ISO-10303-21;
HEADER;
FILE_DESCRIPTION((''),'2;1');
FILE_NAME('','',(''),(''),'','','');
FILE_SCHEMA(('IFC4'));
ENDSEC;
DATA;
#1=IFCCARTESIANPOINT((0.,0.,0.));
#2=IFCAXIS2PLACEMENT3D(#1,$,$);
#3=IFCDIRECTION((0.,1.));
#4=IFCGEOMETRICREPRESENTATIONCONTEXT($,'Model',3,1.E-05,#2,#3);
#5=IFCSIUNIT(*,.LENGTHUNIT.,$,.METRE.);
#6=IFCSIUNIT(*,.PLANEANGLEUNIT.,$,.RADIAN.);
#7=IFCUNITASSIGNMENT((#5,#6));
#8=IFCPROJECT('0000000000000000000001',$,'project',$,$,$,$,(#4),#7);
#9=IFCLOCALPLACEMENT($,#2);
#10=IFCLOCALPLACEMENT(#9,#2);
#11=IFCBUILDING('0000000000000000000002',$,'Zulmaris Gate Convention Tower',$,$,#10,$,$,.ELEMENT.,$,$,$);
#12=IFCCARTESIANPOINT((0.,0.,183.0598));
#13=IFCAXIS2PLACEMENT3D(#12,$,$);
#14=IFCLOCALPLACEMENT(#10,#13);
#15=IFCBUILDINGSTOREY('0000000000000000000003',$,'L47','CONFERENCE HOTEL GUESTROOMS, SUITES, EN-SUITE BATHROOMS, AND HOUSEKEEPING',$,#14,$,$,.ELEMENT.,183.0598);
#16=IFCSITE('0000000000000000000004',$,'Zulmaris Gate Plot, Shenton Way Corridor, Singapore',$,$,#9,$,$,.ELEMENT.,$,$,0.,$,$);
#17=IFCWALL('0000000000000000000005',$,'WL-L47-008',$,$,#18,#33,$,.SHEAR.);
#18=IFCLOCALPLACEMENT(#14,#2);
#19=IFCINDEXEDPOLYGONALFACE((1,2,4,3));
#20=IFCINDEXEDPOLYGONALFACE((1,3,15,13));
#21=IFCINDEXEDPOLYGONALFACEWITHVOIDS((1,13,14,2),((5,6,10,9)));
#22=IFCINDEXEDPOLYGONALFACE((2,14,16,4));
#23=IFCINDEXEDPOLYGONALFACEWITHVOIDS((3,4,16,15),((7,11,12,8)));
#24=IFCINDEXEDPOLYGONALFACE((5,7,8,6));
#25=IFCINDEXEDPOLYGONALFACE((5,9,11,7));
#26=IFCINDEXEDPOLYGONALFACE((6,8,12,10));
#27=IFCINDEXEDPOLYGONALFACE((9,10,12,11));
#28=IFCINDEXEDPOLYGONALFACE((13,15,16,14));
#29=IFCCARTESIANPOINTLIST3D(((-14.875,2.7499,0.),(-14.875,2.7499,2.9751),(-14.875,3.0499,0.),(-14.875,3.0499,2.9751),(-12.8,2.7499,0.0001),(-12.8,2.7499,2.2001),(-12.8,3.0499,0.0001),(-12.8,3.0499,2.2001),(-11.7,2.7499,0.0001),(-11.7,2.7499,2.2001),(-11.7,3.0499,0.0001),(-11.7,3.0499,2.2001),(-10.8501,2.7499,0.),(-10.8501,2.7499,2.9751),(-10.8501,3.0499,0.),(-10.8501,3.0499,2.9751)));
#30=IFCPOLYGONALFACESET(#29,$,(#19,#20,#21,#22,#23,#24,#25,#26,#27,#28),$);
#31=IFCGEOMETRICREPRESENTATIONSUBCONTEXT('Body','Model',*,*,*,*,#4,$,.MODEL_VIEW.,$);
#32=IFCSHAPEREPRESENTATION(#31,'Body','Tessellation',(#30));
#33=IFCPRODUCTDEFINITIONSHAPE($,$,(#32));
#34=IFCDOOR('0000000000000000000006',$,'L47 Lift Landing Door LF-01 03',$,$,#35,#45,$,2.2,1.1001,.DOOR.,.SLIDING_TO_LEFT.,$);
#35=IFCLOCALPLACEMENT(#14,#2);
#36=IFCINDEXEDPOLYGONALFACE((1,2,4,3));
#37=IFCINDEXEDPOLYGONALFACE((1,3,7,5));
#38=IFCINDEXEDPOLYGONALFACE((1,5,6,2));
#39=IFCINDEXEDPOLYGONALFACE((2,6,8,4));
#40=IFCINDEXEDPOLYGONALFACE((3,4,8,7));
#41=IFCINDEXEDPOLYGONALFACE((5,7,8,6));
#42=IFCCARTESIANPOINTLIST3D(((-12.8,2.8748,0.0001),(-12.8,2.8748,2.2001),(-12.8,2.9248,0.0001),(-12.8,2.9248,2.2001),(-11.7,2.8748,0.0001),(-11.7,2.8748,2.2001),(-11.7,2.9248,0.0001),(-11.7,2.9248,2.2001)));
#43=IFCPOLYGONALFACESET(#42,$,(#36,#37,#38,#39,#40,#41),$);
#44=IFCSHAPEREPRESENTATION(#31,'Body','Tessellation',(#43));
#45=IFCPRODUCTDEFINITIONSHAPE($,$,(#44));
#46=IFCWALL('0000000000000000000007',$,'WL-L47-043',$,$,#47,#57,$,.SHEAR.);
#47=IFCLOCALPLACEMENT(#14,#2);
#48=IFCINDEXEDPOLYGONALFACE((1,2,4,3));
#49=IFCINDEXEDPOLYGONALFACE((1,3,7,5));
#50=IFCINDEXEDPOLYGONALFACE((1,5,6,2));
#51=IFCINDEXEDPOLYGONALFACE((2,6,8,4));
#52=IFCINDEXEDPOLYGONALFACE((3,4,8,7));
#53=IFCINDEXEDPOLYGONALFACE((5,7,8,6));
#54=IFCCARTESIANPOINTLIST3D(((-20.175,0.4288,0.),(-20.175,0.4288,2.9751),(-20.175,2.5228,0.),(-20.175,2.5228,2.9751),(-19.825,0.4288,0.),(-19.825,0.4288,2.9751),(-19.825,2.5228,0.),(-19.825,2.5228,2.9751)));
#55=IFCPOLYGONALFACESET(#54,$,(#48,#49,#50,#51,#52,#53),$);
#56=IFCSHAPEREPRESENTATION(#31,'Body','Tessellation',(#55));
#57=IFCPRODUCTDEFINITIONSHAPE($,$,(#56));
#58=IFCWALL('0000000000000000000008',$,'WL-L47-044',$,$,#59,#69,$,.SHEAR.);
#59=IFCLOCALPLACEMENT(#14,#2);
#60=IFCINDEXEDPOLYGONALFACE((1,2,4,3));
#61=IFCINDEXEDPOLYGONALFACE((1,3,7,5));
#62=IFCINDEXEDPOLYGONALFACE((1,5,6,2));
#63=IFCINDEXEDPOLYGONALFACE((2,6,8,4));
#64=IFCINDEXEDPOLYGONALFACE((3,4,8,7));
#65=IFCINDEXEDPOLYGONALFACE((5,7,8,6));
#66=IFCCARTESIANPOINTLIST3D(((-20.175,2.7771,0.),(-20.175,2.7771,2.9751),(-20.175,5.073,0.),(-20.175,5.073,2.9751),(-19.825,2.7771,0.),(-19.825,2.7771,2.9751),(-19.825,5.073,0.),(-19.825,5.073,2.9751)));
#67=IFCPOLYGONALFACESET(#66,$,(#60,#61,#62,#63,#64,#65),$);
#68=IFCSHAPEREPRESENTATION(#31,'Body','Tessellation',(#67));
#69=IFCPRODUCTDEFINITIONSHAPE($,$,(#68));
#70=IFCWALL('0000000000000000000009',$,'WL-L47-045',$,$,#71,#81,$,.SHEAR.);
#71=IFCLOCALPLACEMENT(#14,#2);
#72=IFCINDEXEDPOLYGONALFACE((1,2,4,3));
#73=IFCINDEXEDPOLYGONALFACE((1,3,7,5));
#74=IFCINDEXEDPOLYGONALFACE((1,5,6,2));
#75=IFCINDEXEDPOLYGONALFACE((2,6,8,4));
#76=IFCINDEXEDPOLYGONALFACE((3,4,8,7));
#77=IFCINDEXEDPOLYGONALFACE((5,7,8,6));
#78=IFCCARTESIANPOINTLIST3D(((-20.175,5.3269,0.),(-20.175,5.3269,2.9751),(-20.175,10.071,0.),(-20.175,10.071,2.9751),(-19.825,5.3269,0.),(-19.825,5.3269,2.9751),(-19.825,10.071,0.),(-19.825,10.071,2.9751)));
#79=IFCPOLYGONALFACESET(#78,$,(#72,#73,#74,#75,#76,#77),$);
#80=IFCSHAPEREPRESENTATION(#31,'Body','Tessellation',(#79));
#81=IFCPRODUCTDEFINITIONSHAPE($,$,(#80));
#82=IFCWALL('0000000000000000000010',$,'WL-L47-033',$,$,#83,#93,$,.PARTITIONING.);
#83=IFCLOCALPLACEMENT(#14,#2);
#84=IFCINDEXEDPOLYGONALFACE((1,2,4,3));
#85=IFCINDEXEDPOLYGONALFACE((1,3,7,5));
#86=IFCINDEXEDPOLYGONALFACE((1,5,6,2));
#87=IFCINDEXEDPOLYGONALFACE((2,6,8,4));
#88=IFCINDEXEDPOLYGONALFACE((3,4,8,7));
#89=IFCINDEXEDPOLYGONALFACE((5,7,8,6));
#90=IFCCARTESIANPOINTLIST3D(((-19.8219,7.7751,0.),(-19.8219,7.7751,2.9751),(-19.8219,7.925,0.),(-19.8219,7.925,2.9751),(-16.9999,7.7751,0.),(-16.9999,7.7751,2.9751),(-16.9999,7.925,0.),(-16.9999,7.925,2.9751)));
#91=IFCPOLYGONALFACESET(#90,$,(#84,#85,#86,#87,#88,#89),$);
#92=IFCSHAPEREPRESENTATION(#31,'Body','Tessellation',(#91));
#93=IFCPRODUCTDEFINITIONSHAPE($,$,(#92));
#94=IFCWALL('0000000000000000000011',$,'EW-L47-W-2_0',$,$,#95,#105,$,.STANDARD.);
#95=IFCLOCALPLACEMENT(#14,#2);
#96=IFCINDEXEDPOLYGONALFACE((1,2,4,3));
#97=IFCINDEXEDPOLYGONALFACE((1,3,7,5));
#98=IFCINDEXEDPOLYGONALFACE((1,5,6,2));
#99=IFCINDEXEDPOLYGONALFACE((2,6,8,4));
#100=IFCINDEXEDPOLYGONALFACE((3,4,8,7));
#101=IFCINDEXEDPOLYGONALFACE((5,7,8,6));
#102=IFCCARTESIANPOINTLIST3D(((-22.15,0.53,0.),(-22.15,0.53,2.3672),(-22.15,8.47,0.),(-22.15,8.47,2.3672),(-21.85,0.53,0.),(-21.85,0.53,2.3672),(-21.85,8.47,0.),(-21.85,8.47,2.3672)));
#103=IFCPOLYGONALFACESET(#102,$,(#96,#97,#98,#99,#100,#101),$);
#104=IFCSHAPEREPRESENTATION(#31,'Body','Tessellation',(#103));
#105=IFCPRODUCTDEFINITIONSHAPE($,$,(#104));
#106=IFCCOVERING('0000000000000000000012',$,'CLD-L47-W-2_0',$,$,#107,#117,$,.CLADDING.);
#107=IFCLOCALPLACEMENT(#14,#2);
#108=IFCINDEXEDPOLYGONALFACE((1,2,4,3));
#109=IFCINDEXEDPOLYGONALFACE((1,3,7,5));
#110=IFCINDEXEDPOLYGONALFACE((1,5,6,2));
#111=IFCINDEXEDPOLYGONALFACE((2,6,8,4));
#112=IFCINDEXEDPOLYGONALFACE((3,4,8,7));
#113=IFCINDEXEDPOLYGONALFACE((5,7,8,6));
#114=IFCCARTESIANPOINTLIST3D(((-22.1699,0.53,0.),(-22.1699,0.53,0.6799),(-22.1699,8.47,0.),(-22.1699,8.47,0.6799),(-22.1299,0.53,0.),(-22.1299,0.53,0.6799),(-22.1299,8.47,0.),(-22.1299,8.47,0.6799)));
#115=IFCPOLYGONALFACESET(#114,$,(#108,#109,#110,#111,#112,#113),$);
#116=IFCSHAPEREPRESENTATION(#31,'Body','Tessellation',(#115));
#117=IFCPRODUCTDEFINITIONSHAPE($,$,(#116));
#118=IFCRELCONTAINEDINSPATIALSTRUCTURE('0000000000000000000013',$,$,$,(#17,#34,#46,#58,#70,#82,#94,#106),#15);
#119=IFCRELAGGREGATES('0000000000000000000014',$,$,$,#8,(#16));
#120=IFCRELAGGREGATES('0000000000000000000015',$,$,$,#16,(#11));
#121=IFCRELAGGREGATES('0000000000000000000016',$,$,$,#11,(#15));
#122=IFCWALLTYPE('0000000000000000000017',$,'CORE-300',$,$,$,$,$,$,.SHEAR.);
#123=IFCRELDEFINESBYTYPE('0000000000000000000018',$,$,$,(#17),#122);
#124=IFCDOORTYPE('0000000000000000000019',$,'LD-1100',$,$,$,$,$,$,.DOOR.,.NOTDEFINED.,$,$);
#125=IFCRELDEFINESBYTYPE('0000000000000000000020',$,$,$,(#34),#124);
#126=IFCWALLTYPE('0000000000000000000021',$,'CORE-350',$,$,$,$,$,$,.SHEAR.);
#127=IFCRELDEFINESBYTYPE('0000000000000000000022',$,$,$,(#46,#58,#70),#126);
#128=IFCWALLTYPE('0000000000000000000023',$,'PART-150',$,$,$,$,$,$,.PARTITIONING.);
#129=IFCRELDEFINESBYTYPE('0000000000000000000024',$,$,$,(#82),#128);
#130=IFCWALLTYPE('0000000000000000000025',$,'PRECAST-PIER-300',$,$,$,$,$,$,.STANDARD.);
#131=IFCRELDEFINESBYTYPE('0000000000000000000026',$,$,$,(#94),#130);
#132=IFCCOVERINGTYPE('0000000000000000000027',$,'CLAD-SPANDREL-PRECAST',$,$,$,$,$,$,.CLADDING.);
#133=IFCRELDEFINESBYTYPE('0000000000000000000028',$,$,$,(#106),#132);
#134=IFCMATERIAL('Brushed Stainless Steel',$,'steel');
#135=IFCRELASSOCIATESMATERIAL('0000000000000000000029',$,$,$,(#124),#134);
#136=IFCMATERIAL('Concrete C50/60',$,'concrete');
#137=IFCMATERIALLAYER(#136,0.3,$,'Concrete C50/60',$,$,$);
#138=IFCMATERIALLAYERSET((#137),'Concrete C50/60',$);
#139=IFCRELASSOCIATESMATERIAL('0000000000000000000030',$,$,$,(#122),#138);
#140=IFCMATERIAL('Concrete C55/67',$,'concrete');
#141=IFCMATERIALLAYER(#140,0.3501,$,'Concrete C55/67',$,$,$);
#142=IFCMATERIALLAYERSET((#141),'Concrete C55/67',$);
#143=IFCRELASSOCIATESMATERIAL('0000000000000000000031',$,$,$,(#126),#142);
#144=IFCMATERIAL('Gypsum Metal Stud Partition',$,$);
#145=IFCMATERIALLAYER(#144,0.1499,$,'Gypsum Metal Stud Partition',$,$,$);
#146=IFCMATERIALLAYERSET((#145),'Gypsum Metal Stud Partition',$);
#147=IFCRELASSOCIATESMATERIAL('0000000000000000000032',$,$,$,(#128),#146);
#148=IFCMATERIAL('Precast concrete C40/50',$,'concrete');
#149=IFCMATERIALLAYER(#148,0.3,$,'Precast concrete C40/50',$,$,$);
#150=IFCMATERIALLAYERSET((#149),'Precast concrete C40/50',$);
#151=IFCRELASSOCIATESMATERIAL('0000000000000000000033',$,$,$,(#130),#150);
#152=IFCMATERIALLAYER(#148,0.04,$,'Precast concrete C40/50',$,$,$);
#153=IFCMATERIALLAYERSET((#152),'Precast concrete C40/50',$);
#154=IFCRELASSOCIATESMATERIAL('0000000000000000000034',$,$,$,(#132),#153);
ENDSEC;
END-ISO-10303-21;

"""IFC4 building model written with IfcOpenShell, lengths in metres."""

from ifc_helpers import new_model, si_unit, direction, frame, frame_2d, origin, place, context, subcontext, project, spatial, rectangle, extrude, material, layer, layer_set, type_object, element, fill, save


model = new_model("IFC4")

# Units and contexts
model_context = context("Model", 3, precision=1e-05, world=origin(), true_north=direction((0.0, 1.0)))
body_context = subcontext(model_context, "Body", "Model", "MODEL_VIEW")
ifc_project = project(units=[si_unit("LENGTHUNIT", "METRE"), si_unit("PLANEANGLEUNIT", "RADIAN")], contexts=[model_context])

# Site, building, storey
site_placement = place(None, origin())
site = spatial("IfcSite", under=ifc_project, at=site_placement, Name="Zulmaris Gate Plot, Shenton Way Corridor, Singapore", CompositionType="ELEMENT", RefElevation=0.0)
building_placement = place(site_placement, origin())
building = spatial("IfcBuilding", under=site, at=building_placement, Name="Zulmaris Gate Convention Tower", CompositionType="ELEMENT")
storey_placement = place(building_placement, frame((0.0, 0.0, 183.0598)))
storey = spatial("IfcBuildingStorey", under=building, at=storey_placement, Name="L47", Description="CONFERENCE HOTEL GUESTROOMS, SUITES, EN-SUITE BATHROOMS, AND HOUSEKEEPING", CompositionType="ELEMENT", Elevation=183.0598)

# Shared definitions
ifc_material_1 = material(Name="Concrete C50/60", Category="concrete")

# Wall, opening, door
ifc_material_2 = material(Name="Brushed Stainless Steel", Category="steel")
door_type_1 = type_object("IfcDoorType", Name="LD-1100", OperationType="NOTDEFINED", PredefinedType="DOOR", material=ifc_material_2)
ifc_layer_1 = layer(ifc_material_1, 0.3, Name="Concrete C50/60")
ifc_layer_set_1 = layer_set([ifc_layer_1], Name="Concrete C50/60")
wall_type_1 = type_object("IfcWallType", Name="CORE-300", PredefinedType="SHEAR", material=ifc_layer_set_1)
wall_1_placement = place(storey_placement, frame((-14.875, 2.8999, 0.0), z_axis=(0.0, 0.0, 1.0), x_axis=(1.0, 0.0, 0.0)))
wall_1 = element("IfcWall", 1, at=wall_1_placement, inside=storey, type_object=wall_type_1, Name="WL-L47-008", PredefinedType="SHEAR", context=body_context, shape_type="SweptSolid", body=[
    extrude(rectangle(XDim=4.0249, YDim=0.3, at=frame_2d((2.0125, 0.0))), origin(), (0.0, 0.0, 1.0), 2.9751),
])
opening_1_placement = place(wall_1_placement, frame((2.075, 0.0, 0.0)))
opening_1 = element("IfcOpeningElement", 2, at=opening_1_placement, cuts=wall_1, PredefinedType="OPENING", context=body_context, shape_type="SweptSolid", body=[
    extrude(rectangle(XDim=1.1001, YDim=2.2, at=frame_2d((0.55, 1.1001))), frame((0.0, 0.1602, 0.0), z_axis=(0.0, -1.0, 0.0), x_axis=(1.0, 0.0, 0.0)), (0.0, 0.0, 1.0), 0.3201),
])
door_1_placement = place(opening_1_placement, origin())
door_1 = element("IfcDoor", 3, at=door_1_placement, inside=storey, type_object=door_type_1, Name="L47 Lift Landing Door LF-01 03", OperationType="SLIDING_TO_LEFT", OverallHeight=2.2, OverallWidth=1.1001, PredefinedType="DOOR", context=body_context, shape_type="SweptSolid", body=[
    extrude(rectangle(XDim=1.1001, YDim=2.2, at=frame_2d((0.55, 1.1001))), frame((0.0, 0.0249, 0.0), z_axis=(0.0, -1.0, 0.0), x_axis=(1.0, 0.0, 0.0)), (0.0, 0.0, 1.0), 0.05),
])
fill(opening_1, door_1)

# Walls
ifc_material_3 = material(Name="Concrete C55/67", Category="concrete")
ifc_layer_2 = layer(ifc_material_3, 0.3501, Name="Concrete C55/67")
ifc_layer_set_2 = layer_set([ifc_layer_2], Name="Concrete C55/67")
wall_type_2 = type_object("IfcWallType", Name="CORE-350", PredefinedType="SHEAR", material=ifc_layer_set_2)
wall_2_placement = place(storey_placement, frame((-20.0, 0.429, 0.0), z_axis=(0.0, 0.0, 1.0), x_axis=(0.0, 1.0, 0.0)))
element("IfcWall", 4, at=wall_2_placement, inside=storey, type_object=wall_type_2, Name="WL-L47-043", PredefinedType="SHEAR", context=body_context, shape_type="SweptSolid", body=[
    extrude(rectangle(XDim=2.094, YDim=0.3501, at=frame_2d((1.0469, 0.0))), origin(), (0.0, 0.0, 1.0), 2.9751),
])
wall_3_placement = place(storey_placement, frame((-20.0, 2.7771, 0.0), z_axis=(0.0, 0.0, 1.0), x_axis=(0.0, 1.0, 0.0)))
element("IfcWall", 5, at=wall_3_placement, inside=storey, type_object=wall_type_2, Name="WL-L47-044", PredefinedType="SHEAR", context=body_context, shape_type="SweptSolid", body=[
    extrude(rectangle(XDim=2.2959, YDim=0.3501, at=frame_2d((1.1479, 0.0))), origin(), (0.0, 0.0, 1.0), 2.9751),
])
wall_4_placement = place(storey_placement, frame((-20.0, 5.3269, 0.0), z_axis=(0.0, 0.0, 1.0), x_axis=(0.0, 1.0, 0.0)))
element("IfcWall", 6, at=wall_4_placement, inside=storey, type_object=wall_type_2, Name="WL-L47-045", PredefinedType="SHEAR", context=body_context, shape_type="SweptSolid", body=[
    extrude(rectangle(XDim=4.7441, YDim=0.3501, at=frame_2d((2.3721, 0.0))), origin(), (0.0, 0.0, 1.0), 2.9751),
])
ifc_material_4 = material(Name="Gypsum Metal Stud Partition")
ifc_layer_3 = layer(ifc_material_4, 0.1499, Name="Gypsum Metal Stud Partition")
ifc_layer_set_3 = layer_set([ifc_layer_3], Name="Gypsum Metal Stud Partition")
wall_type_3 = type_object("IfcWallType", Name="PART-150", PredefinedType="PARTITIONING", material=ifc_layer_set_3)
wall_5_placement = place(storey_placement, frame((-19.822, 7.8501, 0.0), z_axis=(0.0, 0.0, 1.0), x_axis=(1.0, 0.0, 0.0)))
element("IfcWall", 7, at=wall_5_placement, inside=storey, type_object=wall_type_3, Name="WL-L47-033", PredefinedType="PARTITIONING", context=body_context, shape_type="SweptSolid", body=[
    extrude(rectangle(XDim=2.822, YDim=0.1499, at=frame_2d((1.4111, 0.0))), origin(), (0.0, 0.0, 1.0), 2.9751),
])

# Wall
ifc_material_5 = material(Name="Precast concrete C40/50", Category="concrete")
ifc_layer_4 = layer(ifc_material_5, 0.3, Name="Precast concrete C40/50")
ifc_layer_set_4 = layer_set([ifc_layer_4], Name="Precast concrete C40/50")
wall_type_4 = type_object("IfcWallType", Name="PRECAST-PIER-300", PredefinedType="STANDARD", material=ifc_layer_set_4)
wall_6_placement = place(storey_placement, frame((-22.0, 8.47, 0.0), z_axis=(0.0, 0.0, 1.0), x_axis=(0.0, -1.0, 0.0)))
element("IfcWall", 8, at=wall_6_placement, inside=storey, type_object=wall_type_4, Name="EW-L47-W-2_0", PredefinedType="STANDARD", context=body_context, shape_type="SweptSolid", body=[
    extrude(rectangle(XDim=7.9399, YDim=0.3, at=frame_2d((3.97, 0.0))), origin(), (0.0, 0.0, 1.0), 2.3672),
])

# Covering
ifc_layer_5 = layer(ifc_material_5, 0.04, Name="Precast concrete C40/50")
ifc_layer_set_5 = layer_set([ifc_layer_5], Name="Precast concrete C40/50")
covering_type = type_object("IfcCoveringType", Name="CLAD-SPANDREL-PRECAST", PredefinedType="CLADDING", material=ifc_layer_set_5)
covering_placement = place(storey_placement, frame((-22.1499, 8.47, 0.0), z_axis=(0.0, 0.0, 1.0), x_axis=(0.0, -1.0, 0.0)))
element("IfcCovering", 9, at=covering_placement, inside=storey, type_object=covering_type, Name="CLD-L47-W-2_0", PredefinedType="CLADDING", context=body_context, shape_type="SweptSolid", body=[
    extrude(rectangle(XDim=7.9399, YDim=0.04, at=frame_2d((3.97, 0.0))), origin(), (0.0, 0.0, 1.0), 0.6799),
])

save(model, "model.ifc")
